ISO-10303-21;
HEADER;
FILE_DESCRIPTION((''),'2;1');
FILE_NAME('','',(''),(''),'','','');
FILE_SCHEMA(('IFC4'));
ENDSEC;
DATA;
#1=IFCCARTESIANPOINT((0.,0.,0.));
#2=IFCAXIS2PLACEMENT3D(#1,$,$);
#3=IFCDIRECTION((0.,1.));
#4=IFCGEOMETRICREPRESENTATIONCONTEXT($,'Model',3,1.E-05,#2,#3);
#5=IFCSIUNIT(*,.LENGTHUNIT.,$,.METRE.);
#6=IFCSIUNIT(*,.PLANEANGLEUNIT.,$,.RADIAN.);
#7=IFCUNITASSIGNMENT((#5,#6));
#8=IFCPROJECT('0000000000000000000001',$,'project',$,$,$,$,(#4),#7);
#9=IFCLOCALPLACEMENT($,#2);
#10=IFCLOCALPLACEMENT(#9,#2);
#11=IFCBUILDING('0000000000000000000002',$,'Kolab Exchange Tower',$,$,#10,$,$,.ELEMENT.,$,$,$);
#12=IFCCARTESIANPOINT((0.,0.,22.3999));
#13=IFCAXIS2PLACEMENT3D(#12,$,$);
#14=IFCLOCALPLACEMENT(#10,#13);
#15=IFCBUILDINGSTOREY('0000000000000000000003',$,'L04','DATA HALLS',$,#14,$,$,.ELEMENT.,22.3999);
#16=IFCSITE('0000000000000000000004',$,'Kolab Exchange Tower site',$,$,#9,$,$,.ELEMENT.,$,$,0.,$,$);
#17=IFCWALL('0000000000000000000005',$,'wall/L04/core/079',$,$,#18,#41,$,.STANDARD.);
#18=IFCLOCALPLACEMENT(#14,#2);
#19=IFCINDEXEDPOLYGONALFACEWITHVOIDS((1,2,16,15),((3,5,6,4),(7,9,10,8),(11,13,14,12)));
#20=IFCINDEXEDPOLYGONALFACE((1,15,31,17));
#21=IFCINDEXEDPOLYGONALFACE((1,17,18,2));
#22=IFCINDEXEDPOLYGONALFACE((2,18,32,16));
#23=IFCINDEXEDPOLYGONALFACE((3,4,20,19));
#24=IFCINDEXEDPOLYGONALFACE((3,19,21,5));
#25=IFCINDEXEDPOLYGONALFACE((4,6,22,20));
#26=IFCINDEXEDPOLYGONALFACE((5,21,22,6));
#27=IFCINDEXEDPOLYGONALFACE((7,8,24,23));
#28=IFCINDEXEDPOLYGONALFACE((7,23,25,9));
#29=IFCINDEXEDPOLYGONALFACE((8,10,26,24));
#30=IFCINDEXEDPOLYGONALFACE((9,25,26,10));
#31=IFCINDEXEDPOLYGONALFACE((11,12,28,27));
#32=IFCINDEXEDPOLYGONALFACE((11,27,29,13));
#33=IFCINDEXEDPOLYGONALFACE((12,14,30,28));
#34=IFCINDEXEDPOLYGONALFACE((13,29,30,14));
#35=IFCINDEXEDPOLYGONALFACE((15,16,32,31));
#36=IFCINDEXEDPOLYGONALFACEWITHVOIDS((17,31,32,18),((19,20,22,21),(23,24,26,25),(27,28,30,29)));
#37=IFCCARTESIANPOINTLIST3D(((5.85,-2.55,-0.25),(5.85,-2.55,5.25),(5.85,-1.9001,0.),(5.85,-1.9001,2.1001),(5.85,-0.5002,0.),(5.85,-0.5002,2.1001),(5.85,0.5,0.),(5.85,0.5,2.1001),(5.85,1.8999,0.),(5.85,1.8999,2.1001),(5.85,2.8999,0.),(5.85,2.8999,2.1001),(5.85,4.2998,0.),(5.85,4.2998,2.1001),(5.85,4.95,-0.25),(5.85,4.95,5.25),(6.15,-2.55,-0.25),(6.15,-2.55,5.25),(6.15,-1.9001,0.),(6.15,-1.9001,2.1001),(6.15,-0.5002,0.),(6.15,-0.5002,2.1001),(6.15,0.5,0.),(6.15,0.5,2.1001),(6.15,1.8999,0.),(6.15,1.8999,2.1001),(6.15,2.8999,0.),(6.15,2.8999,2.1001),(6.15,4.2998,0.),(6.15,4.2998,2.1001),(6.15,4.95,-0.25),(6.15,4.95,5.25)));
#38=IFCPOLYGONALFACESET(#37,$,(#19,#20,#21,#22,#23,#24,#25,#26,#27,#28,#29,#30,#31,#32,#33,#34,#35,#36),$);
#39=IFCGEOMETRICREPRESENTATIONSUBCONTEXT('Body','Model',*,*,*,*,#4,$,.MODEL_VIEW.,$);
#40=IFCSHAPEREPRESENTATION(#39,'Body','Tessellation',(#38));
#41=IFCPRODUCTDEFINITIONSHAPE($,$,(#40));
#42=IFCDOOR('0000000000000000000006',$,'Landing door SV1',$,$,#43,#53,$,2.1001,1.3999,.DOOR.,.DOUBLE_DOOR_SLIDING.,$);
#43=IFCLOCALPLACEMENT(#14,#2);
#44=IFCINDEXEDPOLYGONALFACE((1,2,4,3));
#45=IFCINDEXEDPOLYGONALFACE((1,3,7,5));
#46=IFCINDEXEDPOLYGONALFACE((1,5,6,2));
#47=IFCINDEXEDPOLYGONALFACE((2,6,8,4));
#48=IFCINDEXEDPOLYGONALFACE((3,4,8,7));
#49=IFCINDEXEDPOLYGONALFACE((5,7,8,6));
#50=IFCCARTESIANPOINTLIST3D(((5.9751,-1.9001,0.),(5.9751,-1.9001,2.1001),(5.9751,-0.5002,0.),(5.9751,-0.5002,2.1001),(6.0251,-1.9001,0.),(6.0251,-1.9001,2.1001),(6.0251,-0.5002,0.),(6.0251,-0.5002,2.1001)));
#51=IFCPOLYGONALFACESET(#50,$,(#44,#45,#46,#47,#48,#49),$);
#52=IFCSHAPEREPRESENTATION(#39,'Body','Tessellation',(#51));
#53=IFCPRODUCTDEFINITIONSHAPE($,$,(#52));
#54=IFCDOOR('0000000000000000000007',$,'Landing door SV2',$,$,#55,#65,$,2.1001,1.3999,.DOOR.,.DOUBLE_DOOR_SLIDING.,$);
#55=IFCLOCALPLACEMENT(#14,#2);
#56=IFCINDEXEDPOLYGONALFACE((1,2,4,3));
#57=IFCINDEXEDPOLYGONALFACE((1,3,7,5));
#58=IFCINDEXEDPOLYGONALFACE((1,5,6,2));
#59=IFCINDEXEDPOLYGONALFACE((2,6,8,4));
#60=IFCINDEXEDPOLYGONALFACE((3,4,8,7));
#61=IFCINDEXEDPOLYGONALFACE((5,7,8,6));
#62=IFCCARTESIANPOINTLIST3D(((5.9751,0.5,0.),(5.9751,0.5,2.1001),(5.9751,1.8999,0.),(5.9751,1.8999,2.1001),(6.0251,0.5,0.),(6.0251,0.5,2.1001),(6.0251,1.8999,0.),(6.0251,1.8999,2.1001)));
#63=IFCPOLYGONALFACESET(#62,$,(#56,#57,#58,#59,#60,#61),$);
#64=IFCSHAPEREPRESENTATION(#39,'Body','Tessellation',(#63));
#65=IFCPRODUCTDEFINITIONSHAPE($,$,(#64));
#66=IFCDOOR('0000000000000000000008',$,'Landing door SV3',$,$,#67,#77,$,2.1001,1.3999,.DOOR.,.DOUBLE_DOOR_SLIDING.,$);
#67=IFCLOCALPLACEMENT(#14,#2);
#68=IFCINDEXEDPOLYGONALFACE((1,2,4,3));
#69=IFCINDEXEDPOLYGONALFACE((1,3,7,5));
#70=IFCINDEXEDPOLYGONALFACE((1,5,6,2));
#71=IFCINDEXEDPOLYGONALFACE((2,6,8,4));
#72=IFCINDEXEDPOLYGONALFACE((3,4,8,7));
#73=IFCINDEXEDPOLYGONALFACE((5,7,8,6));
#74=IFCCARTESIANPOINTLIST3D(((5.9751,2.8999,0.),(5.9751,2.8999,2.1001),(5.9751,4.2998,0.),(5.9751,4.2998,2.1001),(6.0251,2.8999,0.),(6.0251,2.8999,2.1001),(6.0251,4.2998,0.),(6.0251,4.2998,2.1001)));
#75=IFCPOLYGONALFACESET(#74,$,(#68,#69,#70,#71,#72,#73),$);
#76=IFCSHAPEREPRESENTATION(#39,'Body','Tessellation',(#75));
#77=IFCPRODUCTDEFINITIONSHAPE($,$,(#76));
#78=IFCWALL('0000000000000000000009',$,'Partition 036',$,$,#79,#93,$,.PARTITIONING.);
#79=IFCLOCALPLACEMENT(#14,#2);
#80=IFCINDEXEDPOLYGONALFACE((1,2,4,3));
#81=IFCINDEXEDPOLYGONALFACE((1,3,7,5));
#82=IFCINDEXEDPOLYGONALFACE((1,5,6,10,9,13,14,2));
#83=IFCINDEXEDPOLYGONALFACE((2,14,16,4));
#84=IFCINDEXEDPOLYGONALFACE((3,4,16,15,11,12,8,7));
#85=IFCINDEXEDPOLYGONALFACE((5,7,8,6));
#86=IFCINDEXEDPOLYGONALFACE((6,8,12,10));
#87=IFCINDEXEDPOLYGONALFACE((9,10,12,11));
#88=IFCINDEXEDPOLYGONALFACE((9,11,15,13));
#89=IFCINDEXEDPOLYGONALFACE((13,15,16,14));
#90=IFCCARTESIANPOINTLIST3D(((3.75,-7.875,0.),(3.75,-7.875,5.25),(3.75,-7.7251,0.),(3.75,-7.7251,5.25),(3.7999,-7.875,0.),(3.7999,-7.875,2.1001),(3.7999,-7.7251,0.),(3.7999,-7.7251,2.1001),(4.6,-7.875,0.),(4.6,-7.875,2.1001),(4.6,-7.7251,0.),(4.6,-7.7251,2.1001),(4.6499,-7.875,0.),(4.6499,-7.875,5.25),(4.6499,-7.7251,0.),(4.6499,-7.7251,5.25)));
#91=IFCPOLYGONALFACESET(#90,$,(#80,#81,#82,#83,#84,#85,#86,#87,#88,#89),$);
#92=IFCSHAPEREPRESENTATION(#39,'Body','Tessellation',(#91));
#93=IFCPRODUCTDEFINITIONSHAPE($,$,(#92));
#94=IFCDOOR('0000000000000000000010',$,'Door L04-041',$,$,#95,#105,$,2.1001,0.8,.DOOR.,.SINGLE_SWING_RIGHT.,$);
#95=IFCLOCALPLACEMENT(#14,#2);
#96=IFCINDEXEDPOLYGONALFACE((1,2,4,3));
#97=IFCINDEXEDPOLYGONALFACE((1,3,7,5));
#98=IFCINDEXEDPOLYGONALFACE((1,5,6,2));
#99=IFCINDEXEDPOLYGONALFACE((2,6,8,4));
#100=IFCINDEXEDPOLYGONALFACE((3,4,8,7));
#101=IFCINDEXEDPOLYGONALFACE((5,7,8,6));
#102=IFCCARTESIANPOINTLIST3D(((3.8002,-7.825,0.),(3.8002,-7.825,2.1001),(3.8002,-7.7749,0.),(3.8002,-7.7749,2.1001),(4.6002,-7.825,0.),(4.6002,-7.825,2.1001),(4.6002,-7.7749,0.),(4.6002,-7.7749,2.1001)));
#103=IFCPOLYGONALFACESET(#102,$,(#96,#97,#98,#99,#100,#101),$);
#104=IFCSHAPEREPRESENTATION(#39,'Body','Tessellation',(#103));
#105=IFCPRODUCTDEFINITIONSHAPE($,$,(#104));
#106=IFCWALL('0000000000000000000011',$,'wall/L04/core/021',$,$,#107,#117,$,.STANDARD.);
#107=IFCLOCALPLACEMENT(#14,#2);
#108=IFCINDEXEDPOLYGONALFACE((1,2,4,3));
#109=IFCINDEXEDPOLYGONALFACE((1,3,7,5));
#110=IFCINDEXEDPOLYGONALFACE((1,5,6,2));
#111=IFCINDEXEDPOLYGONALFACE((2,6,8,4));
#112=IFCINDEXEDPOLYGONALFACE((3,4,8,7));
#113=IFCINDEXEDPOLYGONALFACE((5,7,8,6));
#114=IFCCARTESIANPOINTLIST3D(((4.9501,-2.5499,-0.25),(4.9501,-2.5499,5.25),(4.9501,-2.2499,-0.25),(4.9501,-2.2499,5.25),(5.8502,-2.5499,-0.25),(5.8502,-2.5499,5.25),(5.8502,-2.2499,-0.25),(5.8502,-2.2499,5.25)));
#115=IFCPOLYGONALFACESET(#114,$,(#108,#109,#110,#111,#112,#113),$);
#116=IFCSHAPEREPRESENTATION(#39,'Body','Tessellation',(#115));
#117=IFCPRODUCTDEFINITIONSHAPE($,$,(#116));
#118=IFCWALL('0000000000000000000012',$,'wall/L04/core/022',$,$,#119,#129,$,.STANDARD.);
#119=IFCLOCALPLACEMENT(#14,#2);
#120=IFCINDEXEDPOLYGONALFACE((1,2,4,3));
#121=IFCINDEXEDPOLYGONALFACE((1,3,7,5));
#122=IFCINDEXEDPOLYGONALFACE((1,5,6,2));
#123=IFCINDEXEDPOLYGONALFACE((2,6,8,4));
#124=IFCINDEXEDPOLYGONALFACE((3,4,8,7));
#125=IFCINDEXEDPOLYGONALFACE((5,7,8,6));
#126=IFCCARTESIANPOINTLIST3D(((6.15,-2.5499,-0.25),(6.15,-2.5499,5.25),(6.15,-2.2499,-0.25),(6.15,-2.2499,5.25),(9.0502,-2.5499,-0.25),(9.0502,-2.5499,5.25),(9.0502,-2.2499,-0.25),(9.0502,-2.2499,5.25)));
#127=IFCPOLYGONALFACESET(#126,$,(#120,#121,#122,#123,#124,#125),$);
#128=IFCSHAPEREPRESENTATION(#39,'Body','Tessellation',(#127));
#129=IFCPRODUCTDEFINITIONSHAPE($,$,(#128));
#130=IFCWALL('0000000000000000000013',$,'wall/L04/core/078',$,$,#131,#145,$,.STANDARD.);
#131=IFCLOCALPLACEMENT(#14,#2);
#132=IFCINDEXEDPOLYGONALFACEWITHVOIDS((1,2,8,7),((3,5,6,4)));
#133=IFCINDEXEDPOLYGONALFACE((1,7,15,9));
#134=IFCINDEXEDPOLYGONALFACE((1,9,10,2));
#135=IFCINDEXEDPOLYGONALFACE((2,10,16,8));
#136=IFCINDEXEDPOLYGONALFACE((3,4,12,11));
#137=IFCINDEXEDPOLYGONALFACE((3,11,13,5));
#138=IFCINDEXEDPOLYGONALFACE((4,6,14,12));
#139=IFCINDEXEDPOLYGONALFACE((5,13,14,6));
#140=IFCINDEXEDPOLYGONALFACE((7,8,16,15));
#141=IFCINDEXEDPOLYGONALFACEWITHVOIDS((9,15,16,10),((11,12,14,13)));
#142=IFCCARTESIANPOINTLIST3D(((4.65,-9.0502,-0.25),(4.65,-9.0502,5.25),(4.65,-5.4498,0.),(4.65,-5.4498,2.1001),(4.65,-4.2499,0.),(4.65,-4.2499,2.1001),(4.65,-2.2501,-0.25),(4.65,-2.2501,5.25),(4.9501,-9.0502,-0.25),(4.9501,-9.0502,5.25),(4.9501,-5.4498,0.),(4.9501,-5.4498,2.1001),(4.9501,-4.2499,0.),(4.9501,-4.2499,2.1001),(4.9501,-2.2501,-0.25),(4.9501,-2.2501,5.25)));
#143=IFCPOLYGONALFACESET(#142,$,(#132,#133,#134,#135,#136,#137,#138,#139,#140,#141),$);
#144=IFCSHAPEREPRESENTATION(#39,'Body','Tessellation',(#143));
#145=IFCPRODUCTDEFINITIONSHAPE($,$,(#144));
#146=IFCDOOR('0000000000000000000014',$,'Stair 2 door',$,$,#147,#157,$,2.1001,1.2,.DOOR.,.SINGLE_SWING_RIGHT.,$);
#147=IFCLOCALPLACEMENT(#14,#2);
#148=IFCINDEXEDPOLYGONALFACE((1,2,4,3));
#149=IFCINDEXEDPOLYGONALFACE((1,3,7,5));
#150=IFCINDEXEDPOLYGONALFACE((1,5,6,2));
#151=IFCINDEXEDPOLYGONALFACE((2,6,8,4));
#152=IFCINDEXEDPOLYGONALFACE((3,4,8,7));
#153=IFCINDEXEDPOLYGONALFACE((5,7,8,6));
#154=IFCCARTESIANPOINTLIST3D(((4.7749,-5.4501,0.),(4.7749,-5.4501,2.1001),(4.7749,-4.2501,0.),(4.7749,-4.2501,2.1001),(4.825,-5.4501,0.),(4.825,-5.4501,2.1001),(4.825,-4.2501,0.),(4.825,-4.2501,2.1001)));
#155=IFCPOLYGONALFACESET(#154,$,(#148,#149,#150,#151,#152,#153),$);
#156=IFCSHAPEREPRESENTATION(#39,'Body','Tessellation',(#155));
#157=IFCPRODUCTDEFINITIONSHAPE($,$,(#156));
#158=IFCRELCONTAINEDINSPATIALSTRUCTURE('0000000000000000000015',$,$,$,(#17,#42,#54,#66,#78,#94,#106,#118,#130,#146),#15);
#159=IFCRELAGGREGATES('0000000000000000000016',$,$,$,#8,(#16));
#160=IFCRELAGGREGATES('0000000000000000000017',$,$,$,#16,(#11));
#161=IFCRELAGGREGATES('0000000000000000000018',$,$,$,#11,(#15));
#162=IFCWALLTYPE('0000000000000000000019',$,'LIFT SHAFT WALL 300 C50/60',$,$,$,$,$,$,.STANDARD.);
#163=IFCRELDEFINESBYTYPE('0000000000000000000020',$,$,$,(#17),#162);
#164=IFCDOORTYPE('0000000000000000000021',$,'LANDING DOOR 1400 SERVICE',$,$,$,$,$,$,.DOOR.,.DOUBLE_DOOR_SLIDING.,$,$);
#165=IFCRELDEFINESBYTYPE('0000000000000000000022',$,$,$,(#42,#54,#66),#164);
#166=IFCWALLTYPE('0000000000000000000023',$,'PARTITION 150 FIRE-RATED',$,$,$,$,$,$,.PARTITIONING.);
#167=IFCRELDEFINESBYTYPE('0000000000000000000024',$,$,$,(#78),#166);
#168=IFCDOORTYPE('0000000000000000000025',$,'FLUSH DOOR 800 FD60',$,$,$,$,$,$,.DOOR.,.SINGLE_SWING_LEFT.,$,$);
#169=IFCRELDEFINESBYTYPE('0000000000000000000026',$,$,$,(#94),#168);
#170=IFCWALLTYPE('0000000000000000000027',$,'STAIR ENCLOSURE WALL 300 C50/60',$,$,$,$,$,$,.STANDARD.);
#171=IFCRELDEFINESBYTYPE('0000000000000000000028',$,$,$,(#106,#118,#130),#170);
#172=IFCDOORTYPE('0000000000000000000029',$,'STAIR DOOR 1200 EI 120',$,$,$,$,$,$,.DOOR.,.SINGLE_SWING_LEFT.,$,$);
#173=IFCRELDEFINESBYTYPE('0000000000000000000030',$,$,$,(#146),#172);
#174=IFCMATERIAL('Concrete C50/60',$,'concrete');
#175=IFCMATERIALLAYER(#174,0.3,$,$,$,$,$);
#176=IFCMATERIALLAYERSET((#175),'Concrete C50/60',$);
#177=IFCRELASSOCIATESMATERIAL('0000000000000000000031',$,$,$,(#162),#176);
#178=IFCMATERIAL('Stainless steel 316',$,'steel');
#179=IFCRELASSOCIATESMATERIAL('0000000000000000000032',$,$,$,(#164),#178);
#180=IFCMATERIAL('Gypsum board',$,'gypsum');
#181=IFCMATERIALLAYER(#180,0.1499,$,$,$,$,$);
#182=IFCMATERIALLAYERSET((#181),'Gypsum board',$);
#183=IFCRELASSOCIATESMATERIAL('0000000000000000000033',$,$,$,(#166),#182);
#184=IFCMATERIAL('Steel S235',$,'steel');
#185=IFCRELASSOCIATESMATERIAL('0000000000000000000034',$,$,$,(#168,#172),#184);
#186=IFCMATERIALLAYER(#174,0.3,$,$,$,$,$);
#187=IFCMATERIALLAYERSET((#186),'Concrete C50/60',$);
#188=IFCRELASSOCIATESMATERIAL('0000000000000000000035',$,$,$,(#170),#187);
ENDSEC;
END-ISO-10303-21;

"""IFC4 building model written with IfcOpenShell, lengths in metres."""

from ifc_helpers import new_model, si_unit, direction, frame, frame_2d, origin, place, context, subcontext, project, spatial, rectangle, extrude, material, layer, layer_set, type_object, element, fill, save


model = new_model("IFC4")

# Units and contexts
model_context = context("Model", 3, precision=1e-05, world=origin(), true_north=direction((0.0, 1.0)))
body_context = subcontext(model_context, "Body", "Model", "MODEL_VIEW")
ifc_project = project(units=[si_unit("LENGTHUNIT", "METRE"), si_unit("PLANEANGLEUNIT", "RADIAN")], contexts=[model_context])

# Site, building, storey
site_placement = place(None, origin())
site = spatial("IfcSite", under=ifc_project, at=site_placement, Name="Kolab Exchange Tower site", CompositionType="ELEMENT", RefElevation=0.0)
building_placement = place(site_placement, origin())
building = spatial("IfcBuilding", under=site, at=building_placement, Name="Kolab Exchange Tower", CompositionType="ELEMENT")
storey_placement = place(building_placement, frame((0.0, 0.0, 22.3999)))
storey = spatial("IfcBuildingStorey", under=building, at=storey_placement, Name="L04", Description="DATA HALLS", CompositionType="ELEMENT", Elevation=22.3999)

# Shared definitions
ifc_material_1 = material(Name="Concrete C50/60", Category="concrete")

# Shared definitions
ifc_layer_1 = layer(ifc_material_1, 0.3)
ifc_layer_set_1 = layer_set([ifc_layer_1], Name="Concrete C50/60")
wall_type_1 = type_object("IfcWallType", Name="LIFT SHAFT WALL 300 C50/60", PredefinedType="STANDARD", material=ifc_layer_set_1)

# Shared definitions
ifc_material_2 = material(Name="Steel S235", Category="steel")

# Wall, openings, doors
wall_1_placement = place(storey_placement, frame((6.0, -2.55, -0.25), z_axis=(0.0, 0.0, 1.0), x_axis=(0.0, 1.0, 0.0)))
wall_1 = element("IfcWall", 1, at=wall_1_placement, inside=storey, type_object=wall_type_1, Name="wall/L04/core/079", PredefinedType="STANDARD", context=body_context, shape_type="SweptSolid", body=[
    extrude(rectangle(XDim=7.5, YDim=0.3, at=frame_2d((3.75, 0.0))), origin(), (0.0, 0.0, 1.0), 5.5),
])
opening_1_placement = place(wall_1_placement, frame((0.6499, 0.0, 0.25)))
opening_1 = element("IfcOpeningElement", 2, at=opening_1_placement, cuts=wall_1, PredefinedType="OPENING", context=body_context, shape_type="SweptSolid", body=[
    extrude(rectangle(XDim=1.3999, YDim=2.1001, at=frame_2d((0.7, 1.05))), frame((0.0, 0.1602, 0.0), z_axis=(0.0, -1.0, 0.0), x_axis=(1.0, 0.0, 0.0)), (0.0, 0.0, 1.0), 0.3201),
])
opening_2_placement = place(wall_1_placement, frame((3.05, 0.0, 0.25)))
opening_2 = element("IfcOpeningElement", 3, at=opening_2_placement, cuts=wall_1, PredefinedType="OPENING", context=body_context, shape_type="SweptSolid", body=[
    extrude(rectangle(XDim=1.3999, YDim=2.1001, at=frame_2d((0.7, 1.05))), frame((0.0, 0.1602, 0.0), z_axis=(0.0, -1.0, 0.0), x_axis=(1.0, 0.0, 0.0)), (0.0, 0.0, 1.0), 0.3201),
])
opening_3_placement = place(wall_1_placement, frame((5.45, 0.0, 0.25)))
opening_3 = element("IfcOpeningElement", 4, at=opening_3_placement, cuts=wall_1, PredefinedType="OPENING", context=body_context, shape_type="SweptSolid", body=[
    extrude(rectangle(XDim=1.3999, YDim=2.1001, at=frame_2d((0.7, 1.05))), frame((0.0, 0.1602, 0.0), z_axis=(0.0, -1.0, 0.0), x_axis=(1.0, 0.0, 0.0)), (0.0, 0.0, 1.0), 0.3201),
])
ifc_material_3 = material(Name="Stainless steel 316", Category="steel")
door_type_1 = type_object("IfcDoorType", Name="LANDING DOOR 1400 SERVICE", OperationType="DOUBLE_DOOR_SLIDING", PredefinedType="DOOR", material=ifc_material_3)
door_1_placement = place(opening_1_placement, origin())
door_1 = element("IfcDoor", 5, at=door_1_placement, inside=storey, type_object=door_type_1, Name="Landing door SV1", OperationType="DOUBLE_DOOR_SLIDING", OverallHeight=2.1001, OverallWidth=1.3999, PredefinedType="DOOR", context=body_context, shape_type="SweptSolid", body=[
    extrude(rectangle(XDim=1.3999, YDim=2.1001, at=frame_2d((0.7, 1.05))), frame((0.0, 0.0249, 0.0), z_axis=(0.0, -1.0, 0.0), x_axis=(1.0, 0.0, 0.0)), (0.0, 0.0, 1.0), 0.05),
])
fill(opening_1, door_1)
door_2_placement = place(opening_2_placement, origin())
door_2 = element("IfcDoor", 6, at=door_2_placement, inside=storey, type_object=door_type_1, Name="Landing door SV2", OperationType="DOUBLE_DOOR_SLIDING", OverallHeight=2.1001, OverallWidth=1.3999, PredefinedType="DOOR", context=body_context, shape_type="SweptSolid", body=[
    extrude(rectangle(XDim=1.3999, YDim=2.1001, at=frame_2d((0.7, 1.05))), frame((0.0, 0.0249, 0.0), z_axis=(0.0, -1.0, 0.0), x_axis=(1.0, 0.0, 0.0)), (0.0, 0.0, 1.0), 0.05),
])
fill(opening_2, door_2)
door_3_placement = place(opening_3_placement, origin())
door_3 = element("IfcDoor", 7, at=door_3_placement, inside=storey, type_object=door_type_1, Name="Landing door SV3", OperationType="DOUBLE_DOOR_SLIDING", OverallHeight=2.1001, OverallWidth=1.3999, PredefinedType="DOOR", context=body_context, shape_type="SweptSolid", body=[
    extrude(rectangle(XDim=1.3999, YDim=2.1001, at=frame_2d((0.7, 1.05))), frame((0.0, 0.0249, 0.0), z_axis=(0.0, -1.0, 0.0), x_axis=(1.0, 0.0, 0.0)), (0.0, 0.0, 1.0), 0.05),
])
fill(opening_3, door_3)

# Wall, opening, door
ifc_material_4 = material(Name="Gypsum board", Category="gypsum")
ifc_layer_2 = layer(ifc_material_4, 0.1499)
ifc_layer_set_2 = layer_set([ifc_layer_2], Name="Gypsum board")
wall_type_2 = type_object("IfcWallType", Name="PARTITION 150 FIRE-RATED", PredefinedType="PARTITIONING", material=ifc_layer_set_2)
wall_2_placement = place(storey_placement, frame((3.75, -7.8, 0.0), z_axis=(0.0, 0.0, 1.0), x_axis=(1.0, 0.0, 0.0)))
wall_2 = element("IfcWall", 8, at=wall_2_placement, inside=storey, type_object=wall_type_2, Name="Partition 036", PredefinedType="PARTITIONING", context=body_context, shape_type="SweptSolid", body=[
    extrude(rectangle(XDim=0.8999, YDim=0.1499, at=frame_2d((0.45, 0.0))), origin(), (0.0, 0.0, 1.0), 5.25),
])
opening_4_placement = place(wall_2_placement, frame((0.05, 0.0, 0.0)))
opening_4 = element("IfcOpeningElement", 9, at=opening_4_placement, cuts=wall_2, PredefinedType="OPENING", context=body_context, shape_type="SweptSolid", body=[
    extrude(rectangle(XDim=0.8, YDim=2.1001, at=frame_2d((0.3999, 1.05))), frame((0.0, 0.085, 0.0), z_axis=(0.0, -1.0, 0.0), x_axis=(1.0, 0.0, 0.0)), (0.0, 0.0, 1.0), 0.1699),
])
door_type_2 = type_object("IfcDoorType", Name="FLUSH DOOR 800 FD60", OperationType="SINGLE_SWING_LEFT", PredefinedType="DOOR", material=ifc_material_2)
door_4_placement = place(opening_4_placement, frame((0.8, 0.0, 0.0), z_axis=(0.0, 0.0, 1.0), x_axis=(-1.0, 0.0, 0.0)))
door_4 = element("IfcDoor", 10, at=door_4_placement, inside=storey, type_object=door_type_2, Name="Door L04-041", OperationType="SINGLE_SWING_RIGHT", OverallHeight=2.1001, OverallWidth=0.8, PredefinedType="DOOR", context=body_context, shape_type="SweptSolid", body=[
    extrude(rectangle(XDim=0.8, YDim=2.1001, at=frame_2d((0.3999, 1.05))), frame((0.0, 0.0249, 0.0), z_axis=(0.0, -1.0, 0.0), x_axis=(1.0, 0.0, 0.0)), (0.0, 0.0, 1.0), 0.05),
])
fill(opening_4, door_4)

# Walls
ifc_layer_3 = layer(ifc_material_1, 0.3)
ifc_layer_set_3 = layer_set([ifc_layer_3], Name="Concrete C50/60")
wall_type_3 = type_object("IfcWallType", Name="STAIR ENCLOSURE WALL 300 C50/60", PredefinedType="STANDARD", material=ifc_layer_set_3)
wall_3_placement = place(storey_placement, frame((4.95, -2.3999, -0.25), z_axis=(0.0, 0.0, 1.0), x_axis=(1.0, 0.0, 0.0)))
element("IfcWall", 11, at=wall_3_placement, inside=storey, type_object=wall_type_3, Name="wall/L04/core/021", PredefinedType="STANDARD", context=body_context, shape_type="SweptSolid", body=[
    extrude(rectangle(XDim=0.9001, YDim=0.3, at=frame_2d((0.4502, 0.0))), origin(), (0.0, 0.0, 1.0), 5.5),
])
wall_4_placement = place(storey_placement, frame((6.1499, -2.3999, -0.25), z_axis=(0.0, 0.0, 1.0), x_axis=(1.0, 0.0, 0.0)))
element("IfcWall", 12, at=wall_4_placement, inside=storey, type_object=wall_type_3, Name="wall/L04/core/022", PredefinedType="STANDARD", context=body_context, shape_type="SweptSolid", body=[
    extrude(rectangle(XDim=2.9001, YDim=0.3, at=frame_2d((1.4502, 0.0))), origin(), (0.0, 0.0, 1.0), 5.5),
])

# Wall, opening, door
wall_5_placement = place(storey_placement, frame((4.8, -9.05, -0.25), z_axis=(0.0, 0.0, 1.0), x_axis=(0.0, 1.0, 0.0)))
wall_5 = element("IfcWall", 13, at=wall_5_placement, inside=storey, type_object=wall_type_3, Name="wall/L04/core/078", PredefinedType="STANDARD", context=body_context, shape_type="SweptSolid", body=[
    extrude(rectangle(XDim=6.8, YDim=0.3, at=frame_2d((3.3999, 0.0))), origin(), (0.0, 0.0, 1.0), 5.5),
])
opening_5_placement = place(wall_5_placement, frame((3.6001, 0.0, 0.25)))
opening_5 = element("IfcOpeningElement", 14, at=opening_5_placement, cuts=wall_5, PredefinedType="OPENING", context=body_context, shape_type="SweptSolid", body=[
    extrude(rectangle(XDim=1.2, YDim=2.1001, at=frame_2d((0.6001, 1.05))), frame((0.0, 0.1602, 0.0), z_axis=(0.0, -1.0, 0.0), x_axis=(1.0, 0.0, 0.0)), (0.0, 0.0, 1.0), 0.3201),
])
door_type_3 = type_object("IfcDoorType", Name="STAIR DOOR 1200 EI 120", OperationType="SINGLE_SWING_LEFT", PredefinedType="DOOR", material=ifc_material_2)
door_5_placement = place(opening_5_placement, frame((1.2, 0.0, 0.0), z_axis=(0.0, 0.0, 1.0), x_axis=(-1.0, 0.0, 0.0)))
door_5 = element("IfcDoor", 15, at=door_5_placement, inside=storey, type_object=door_type_3, Name="Stair 2 door", OperationType="SINGLE_SWING_RIGHT", OverallHeight=2.1001, OverallWidth=1.2, PredefinedType="DOOR", context=body_context, shape_type="SweptSolid", body=[
    extrude(rectangle(XDim=1.2, YDim=2.1001, at=frame_2d((0.6001, 1.05))), frame((0.0, 0.0249, 0.0), z_axis=(0.0, -1.0, 0.0), x_axis=(1.0, 0.0, 0.0)), (0.0, 0.0, 1.0), 0.05),
])
fill(opening_5, door_5)

save(model, "model.ifc")
